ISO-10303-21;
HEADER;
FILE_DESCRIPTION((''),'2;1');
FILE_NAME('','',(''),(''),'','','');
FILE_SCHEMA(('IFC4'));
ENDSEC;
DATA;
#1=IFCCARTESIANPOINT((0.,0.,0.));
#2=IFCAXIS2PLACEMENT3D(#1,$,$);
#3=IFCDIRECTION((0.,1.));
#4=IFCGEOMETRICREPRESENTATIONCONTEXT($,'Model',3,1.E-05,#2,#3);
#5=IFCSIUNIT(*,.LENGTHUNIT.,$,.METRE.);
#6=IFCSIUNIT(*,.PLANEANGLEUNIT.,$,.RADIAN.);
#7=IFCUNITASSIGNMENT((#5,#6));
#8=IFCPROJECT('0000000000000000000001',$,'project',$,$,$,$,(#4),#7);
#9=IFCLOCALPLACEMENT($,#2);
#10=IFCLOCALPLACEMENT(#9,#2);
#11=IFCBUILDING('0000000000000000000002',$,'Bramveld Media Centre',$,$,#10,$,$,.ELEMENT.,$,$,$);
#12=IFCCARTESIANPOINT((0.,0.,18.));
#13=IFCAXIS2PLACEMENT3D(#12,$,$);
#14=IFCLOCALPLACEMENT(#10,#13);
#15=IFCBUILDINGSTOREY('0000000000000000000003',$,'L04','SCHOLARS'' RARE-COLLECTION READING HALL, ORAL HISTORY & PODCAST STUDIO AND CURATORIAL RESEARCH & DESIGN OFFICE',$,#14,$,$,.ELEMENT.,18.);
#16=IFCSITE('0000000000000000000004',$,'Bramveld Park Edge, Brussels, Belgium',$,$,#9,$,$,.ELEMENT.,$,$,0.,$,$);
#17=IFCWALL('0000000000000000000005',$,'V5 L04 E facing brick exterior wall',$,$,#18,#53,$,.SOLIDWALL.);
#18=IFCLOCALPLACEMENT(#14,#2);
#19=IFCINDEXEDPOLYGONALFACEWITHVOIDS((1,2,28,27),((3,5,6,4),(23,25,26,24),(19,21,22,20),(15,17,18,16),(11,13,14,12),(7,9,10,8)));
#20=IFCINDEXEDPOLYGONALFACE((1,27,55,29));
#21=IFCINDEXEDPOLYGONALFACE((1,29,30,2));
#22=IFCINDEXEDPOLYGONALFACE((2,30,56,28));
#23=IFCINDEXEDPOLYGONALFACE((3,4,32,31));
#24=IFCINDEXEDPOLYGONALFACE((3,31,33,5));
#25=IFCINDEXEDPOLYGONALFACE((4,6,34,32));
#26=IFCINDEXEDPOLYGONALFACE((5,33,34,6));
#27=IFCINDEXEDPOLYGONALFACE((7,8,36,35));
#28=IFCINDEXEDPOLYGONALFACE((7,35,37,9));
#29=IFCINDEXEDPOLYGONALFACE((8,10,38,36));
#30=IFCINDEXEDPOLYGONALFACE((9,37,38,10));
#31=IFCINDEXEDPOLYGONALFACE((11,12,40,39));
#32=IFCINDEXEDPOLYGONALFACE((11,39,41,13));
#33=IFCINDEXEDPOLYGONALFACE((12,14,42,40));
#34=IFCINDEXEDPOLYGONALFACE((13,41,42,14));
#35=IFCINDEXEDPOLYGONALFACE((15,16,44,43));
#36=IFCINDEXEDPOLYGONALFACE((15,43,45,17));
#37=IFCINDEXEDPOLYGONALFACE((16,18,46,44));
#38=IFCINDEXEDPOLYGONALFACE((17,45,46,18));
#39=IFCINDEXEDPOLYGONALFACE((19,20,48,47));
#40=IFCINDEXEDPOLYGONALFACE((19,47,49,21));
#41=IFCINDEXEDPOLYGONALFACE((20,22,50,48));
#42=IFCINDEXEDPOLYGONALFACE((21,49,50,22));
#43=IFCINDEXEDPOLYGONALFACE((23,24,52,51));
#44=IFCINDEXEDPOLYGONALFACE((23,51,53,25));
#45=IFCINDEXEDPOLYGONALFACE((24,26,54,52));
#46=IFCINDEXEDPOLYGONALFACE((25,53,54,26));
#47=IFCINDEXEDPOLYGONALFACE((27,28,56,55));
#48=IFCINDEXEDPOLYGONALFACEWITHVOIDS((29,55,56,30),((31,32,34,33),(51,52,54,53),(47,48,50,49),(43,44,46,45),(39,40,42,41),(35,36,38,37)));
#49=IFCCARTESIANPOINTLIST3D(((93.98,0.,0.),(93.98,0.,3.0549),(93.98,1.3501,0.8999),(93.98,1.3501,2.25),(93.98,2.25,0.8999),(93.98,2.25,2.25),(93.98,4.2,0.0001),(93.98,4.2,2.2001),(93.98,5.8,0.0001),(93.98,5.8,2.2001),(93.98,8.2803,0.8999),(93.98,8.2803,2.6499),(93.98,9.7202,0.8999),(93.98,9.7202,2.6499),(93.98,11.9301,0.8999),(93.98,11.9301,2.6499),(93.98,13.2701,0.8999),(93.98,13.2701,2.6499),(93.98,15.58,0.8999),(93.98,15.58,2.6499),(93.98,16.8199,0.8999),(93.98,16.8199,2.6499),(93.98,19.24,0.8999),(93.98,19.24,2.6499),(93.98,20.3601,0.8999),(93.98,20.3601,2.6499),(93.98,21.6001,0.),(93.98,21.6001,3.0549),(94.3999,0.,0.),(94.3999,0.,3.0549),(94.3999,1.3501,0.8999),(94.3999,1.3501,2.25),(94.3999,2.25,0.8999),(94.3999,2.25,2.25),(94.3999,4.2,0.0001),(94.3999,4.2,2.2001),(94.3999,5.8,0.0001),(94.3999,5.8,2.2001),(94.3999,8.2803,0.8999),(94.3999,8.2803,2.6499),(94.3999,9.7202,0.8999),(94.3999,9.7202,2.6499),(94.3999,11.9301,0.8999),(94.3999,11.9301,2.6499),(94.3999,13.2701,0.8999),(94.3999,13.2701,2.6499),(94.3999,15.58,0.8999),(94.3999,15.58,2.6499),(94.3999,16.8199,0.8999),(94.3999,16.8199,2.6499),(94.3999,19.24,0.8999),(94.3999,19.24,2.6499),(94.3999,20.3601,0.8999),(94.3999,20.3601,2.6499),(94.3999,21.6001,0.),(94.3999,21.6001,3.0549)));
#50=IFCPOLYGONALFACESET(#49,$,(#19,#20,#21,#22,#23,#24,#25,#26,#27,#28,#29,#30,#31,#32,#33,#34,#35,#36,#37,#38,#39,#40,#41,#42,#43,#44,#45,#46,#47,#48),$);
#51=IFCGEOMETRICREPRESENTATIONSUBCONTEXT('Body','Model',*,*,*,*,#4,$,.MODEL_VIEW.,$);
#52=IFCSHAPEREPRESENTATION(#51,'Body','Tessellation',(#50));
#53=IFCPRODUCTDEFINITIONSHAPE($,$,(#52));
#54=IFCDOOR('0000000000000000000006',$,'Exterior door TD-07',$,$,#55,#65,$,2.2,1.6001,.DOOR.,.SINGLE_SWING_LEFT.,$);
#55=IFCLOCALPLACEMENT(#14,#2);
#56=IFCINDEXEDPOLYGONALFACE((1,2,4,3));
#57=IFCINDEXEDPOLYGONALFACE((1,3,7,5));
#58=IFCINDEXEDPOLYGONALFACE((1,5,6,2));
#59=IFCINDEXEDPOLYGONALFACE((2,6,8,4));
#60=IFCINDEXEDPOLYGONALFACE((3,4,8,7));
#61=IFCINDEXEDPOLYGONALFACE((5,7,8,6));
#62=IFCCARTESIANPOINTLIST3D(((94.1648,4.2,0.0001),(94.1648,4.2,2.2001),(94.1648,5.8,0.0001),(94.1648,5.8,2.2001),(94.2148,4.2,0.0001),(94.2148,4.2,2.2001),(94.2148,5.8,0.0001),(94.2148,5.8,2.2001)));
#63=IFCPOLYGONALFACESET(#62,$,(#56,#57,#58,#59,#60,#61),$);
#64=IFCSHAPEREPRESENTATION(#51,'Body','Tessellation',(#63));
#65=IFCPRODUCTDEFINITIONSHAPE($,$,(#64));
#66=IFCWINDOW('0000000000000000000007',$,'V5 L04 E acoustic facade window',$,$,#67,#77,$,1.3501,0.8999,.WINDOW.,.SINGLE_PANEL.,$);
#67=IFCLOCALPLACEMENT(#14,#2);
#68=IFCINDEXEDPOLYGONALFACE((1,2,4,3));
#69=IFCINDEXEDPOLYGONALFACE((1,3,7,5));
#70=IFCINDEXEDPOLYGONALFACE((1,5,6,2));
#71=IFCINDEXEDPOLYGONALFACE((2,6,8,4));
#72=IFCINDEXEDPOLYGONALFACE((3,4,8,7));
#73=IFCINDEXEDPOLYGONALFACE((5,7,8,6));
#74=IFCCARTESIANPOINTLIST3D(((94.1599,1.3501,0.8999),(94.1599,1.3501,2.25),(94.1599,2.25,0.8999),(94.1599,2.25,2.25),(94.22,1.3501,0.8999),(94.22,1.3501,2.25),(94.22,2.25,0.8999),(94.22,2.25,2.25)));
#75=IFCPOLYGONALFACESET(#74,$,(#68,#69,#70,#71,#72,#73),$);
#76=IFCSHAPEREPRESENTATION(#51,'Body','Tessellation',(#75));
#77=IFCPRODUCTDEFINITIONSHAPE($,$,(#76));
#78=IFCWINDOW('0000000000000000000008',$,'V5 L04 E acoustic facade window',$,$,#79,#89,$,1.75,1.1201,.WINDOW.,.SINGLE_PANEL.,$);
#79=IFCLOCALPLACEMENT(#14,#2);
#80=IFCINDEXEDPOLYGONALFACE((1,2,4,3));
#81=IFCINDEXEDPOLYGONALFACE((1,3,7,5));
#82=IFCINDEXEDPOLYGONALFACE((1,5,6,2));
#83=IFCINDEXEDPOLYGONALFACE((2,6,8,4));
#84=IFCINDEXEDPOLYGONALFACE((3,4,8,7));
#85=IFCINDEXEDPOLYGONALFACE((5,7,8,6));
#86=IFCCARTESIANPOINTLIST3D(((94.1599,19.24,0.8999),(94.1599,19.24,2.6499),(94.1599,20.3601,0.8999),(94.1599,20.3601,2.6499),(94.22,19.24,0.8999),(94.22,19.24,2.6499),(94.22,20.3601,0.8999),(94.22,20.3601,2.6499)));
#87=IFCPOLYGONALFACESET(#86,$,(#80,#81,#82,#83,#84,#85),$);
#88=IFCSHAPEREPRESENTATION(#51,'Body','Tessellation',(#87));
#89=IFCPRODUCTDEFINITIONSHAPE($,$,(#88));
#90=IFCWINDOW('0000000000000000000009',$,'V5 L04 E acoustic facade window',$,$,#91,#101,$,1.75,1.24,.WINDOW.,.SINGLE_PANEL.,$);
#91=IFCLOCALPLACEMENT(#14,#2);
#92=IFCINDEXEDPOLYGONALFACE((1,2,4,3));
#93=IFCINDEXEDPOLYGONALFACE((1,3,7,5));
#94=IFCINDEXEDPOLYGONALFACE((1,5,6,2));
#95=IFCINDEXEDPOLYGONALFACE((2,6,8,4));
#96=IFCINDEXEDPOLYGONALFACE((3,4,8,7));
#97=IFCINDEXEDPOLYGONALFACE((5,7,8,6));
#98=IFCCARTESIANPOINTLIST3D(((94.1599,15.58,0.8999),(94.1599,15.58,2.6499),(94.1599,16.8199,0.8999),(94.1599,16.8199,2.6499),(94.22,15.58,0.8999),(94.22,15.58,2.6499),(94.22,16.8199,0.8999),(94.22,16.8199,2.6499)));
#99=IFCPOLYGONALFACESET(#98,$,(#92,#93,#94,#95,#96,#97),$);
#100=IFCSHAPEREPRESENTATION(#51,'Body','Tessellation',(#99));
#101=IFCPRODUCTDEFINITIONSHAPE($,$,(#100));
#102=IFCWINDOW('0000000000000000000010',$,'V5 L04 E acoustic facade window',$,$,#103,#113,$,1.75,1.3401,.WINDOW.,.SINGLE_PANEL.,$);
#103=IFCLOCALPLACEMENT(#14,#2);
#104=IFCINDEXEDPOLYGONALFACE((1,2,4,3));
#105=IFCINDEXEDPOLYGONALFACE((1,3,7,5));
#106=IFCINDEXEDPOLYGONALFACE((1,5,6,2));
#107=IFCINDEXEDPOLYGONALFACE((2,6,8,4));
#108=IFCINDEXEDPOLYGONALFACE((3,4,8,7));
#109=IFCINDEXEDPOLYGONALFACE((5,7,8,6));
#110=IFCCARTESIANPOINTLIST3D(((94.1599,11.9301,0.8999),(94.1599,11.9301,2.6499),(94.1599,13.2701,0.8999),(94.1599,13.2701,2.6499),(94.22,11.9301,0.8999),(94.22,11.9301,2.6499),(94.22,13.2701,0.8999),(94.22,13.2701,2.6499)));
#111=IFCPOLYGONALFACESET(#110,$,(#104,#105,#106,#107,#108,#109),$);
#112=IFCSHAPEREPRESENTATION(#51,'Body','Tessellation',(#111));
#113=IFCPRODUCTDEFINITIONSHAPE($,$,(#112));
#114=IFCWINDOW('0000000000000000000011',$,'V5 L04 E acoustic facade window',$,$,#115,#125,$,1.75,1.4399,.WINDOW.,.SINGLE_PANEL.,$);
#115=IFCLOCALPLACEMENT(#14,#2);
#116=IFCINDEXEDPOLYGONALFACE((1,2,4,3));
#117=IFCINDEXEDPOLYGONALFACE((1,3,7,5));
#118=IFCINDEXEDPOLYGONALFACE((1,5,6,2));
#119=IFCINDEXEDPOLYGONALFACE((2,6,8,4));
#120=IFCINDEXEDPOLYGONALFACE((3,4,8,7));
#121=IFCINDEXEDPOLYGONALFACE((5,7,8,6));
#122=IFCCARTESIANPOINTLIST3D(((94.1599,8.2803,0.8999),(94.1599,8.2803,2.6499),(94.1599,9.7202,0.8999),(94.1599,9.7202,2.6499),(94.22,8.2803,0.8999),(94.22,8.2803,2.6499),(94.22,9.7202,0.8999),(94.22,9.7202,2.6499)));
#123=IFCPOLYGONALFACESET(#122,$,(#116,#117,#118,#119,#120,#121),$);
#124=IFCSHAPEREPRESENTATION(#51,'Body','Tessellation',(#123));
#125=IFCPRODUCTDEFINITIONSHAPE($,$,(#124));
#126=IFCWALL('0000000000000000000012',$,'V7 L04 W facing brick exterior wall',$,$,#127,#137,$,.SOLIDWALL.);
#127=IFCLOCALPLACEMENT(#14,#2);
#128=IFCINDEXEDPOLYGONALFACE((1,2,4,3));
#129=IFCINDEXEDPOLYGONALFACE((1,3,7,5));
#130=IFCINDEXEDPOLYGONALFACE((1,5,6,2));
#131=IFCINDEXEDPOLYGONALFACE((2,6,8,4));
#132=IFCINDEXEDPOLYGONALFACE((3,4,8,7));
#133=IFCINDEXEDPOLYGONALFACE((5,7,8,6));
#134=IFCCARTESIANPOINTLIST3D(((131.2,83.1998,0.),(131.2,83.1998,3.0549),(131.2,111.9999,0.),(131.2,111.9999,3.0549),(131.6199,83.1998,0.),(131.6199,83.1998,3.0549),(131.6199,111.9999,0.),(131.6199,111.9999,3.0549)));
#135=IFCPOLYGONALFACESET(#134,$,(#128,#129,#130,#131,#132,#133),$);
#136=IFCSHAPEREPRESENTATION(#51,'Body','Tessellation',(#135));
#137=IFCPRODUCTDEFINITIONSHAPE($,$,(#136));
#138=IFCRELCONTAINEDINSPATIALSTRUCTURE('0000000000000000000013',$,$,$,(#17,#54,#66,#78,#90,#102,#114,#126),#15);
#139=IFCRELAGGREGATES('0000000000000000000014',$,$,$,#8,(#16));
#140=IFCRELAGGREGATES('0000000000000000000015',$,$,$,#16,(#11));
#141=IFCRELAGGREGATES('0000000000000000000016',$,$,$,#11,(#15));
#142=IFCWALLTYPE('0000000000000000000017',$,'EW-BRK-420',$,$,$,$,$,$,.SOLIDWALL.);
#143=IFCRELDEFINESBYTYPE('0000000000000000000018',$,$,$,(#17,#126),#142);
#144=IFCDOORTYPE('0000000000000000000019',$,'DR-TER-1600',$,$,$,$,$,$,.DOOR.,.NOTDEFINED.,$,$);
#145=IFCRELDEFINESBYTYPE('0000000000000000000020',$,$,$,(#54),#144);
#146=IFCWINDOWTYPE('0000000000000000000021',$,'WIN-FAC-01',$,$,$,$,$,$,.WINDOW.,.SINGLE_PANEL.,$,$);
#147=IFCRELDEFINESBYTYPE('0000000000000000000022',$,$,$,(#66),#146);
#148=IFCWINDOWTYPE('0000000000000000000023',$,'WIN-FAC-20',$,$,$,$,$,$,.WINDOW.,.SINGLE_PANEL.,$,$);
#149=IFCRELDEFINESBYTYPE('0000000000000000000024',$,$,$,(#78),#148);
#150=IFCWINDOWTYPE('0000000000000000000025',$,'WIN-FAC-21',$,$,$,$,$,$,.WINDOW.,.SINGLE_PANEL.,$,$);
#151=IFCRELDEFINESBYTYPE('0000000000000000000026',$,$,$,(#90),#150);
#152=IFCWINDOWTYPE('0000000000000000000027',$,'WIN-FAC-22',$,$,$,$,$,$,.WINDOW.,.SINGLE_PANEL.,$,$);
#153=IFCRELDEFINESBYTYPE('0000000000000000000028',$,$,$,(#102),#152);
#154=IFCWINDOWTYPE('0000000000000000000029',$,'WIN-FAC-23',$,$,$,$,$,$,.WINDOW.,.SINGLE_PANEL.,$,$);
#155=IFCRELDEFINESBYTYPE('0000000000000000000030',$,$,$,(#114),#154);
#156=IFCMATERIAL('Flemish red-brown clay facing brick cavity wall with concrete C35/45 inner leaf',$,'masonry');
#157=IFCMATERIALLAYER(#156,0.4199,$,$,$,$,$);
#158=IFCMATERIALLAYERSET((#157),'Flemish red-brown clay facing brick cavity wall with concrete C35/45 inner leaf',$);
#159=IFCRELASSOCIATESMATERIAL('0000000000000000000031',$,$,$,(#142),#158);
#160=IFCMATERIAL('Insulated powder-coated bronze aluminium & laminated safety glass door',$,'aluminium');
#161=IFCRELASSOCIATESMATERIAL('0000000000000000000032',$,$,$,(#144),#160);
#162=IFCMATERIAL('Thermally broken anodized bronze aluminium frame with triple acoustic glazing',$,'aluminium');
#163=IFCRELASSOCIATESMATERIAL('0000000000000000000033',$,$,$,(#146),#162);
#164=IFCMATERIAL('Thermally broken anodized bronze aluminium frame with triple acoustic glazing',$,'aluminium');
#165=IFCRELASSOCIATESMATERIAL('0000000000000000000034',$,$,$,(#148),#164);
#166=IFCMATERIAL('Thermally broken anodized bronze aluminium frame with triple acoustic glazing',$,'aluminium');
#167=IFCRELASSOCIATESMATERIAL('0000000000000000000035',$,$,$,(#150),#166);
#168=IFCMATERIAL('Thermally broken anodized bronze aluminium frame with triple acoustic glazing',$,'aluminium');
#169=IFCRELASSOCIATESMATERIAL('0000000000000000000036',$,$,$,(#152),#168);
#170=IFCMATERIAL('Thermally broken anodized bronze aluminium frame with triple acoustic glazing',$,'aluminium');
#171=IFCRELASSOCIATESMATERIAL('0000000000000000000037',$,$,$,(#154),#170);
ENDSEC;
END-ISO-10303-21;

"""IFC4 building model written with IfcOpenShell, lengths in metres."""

from ifc_helpers import new_model, si_unit, direction, frame, frame_2d, origin, place, context, subcontext, project, spatial, rectangle, extrude, material, layer, layer_set, type_object, element, fill, save


model = new_model("IFC4")

# Units and contexts
model_context = context("Model", 3, precision=1e-05, world=origin(), true_north=direction((0.0, 1.0)))
body_context = subcontext(model_context, "Body", "Model", "MODEL_VIEW")
ifc_project = project(units=[si_unit("LENGTHUNIT", "METRE"), si_unit("PLANEANGLEUNIT", "RADIAN")], contexts=[model_context])

# Site, building, storey
site_placement = place(None, origin())
site = spatial("IfcSite", under=ifc_project, at=site_placement, Name="Bramveld Park Edge, Brussels, Belgium", CompositionType="ELEMENT", RefElevation=0.0)
building_placement = place(site_placement, origin())
building = spatial("IfcBuilding", under=site, at=building_placement, Name="Bramveld Media Centre", CompositionType="ELEMENT")
storey_placement = place(building_placement, frame((0.0, 0.0, 18.0)))
storey = spatial("IfcBuildingStorey", under=building, at=storey_placement, Name="L04", Description="SCHOLARS' RARE-COLLECTION READING HALL, ORAL HISTORY & PODCAST STUDIO AND CURATORIAL RESEARCH & DESIGN OFFICE", CompositionType="ELEMENT", Elevation=18.0)

# Wall, openings, door, windows
ifc_material_1 = material(Name="Flemish red-brown clay facing brick cavity wall with concrete C35/45 inner leaf", Category="masonry")
ifc_layer_1 = layer(ifc_material_1, 0.4199)
ifc_layer_set_1 = layer_set([ifc_layer_1], Name="Flemish red-brown clay facing brick cavity wall with concrete C35/45 inner leaf")
wall_type_1 = type_object("IfcWallType", Name="EW-BRK-420", PredefinedType="SOLIDWALL", material=ifc_layer_set_1)
wall_1_placement = place(storey_placement, frame((94.1899, 21.6001, 0.0), z_axis=(0.0, 0.0, 1.0), x_axis=(0.0, -1.0, 0.0)))
wall_1 = element("IfcWall", 1, at=wall_1_placement, inside=storey, type_object=wall_type_1, Name="V5 L04 E facing brick exterior wall", PredefinedType="SOLIDWALL", context=body_context, shape_type="SweptSolid", body=[
    extrude(rectangle(XDim=21.6001, YDim=0.4199, at=frame_2d((10.8, 0.0))), origin(), (0.0, 0.0, 1.0), 3.0549),
])
opening_1_placement = place(wall_1_placement, frame((15.8, 0.0, 0.0)))
opening_1 = element("IfcOpeningElement", 2, at=opening_1_placement, cuts=wall_1, PredefinedType="OPENING", context=body_context, shape_type="SweptSolid", body=[
    extrude(rectangle(XDim=1.6001, YDim=2.2, at=frame_2d((0.8, 1.1001))), frame((0.0, 0.2219, 0.0), z_axis=(0.0, -1.0, 0.0), x_axis=(1.0, 0.0, 0.0)), (0.0, 0.0, 1.0), 0.4438),
])
opening_2_placement = place(wall_1_placement, frame((1.24, 0.0, 0.8999)))
opening_2 = element("IfcOpeningElement", 3, at=opening_2_placement, cuts=wall_1, PredefinedType="OPENING", context=body_context, shape_type="SweptSolid", body=[
    extrude(rectangle(XDim=1.1201, YDim=1.75, at=frame_2d((0.5601, 0.875))), frame((0.0, 0.2219, 0.0), z_axis=(0.0, -1.0, 0.0), x_axis=(1.0, 0.0, 0.0)), (0.0, 0.0, 1.0), 0.4438),
])
opening_3_placement = place(wall_1_placement, frame((4.78, 0.0, 0.8999)))
opening_3 = element("IfcOpeningElement", 4, at=opening_3_placement, cuts=wall_1, PredefinedType="OPENING", context=body_context, shape_type="SweptSolid", body=[
    extrude(rectangle(XDim=1.24, YDim=1.75, at=frame_2d((0.6201, 0.875))), frame((0.0, 0.2219, 0.0), z_axis=(0.0, -1.0, 0.0), x_axis=(1.0, 0.0, 0.0)), (0.0, 0.0, 1.0), 0.4438),
])
opening_4_placement = place(wall_1_placement, frame((8.3301, 0.0, 0.8999)))
opening_4 = element("IfcOpeningElement", 5, at=opening_4_placement, cuts=wall_1, PredefinedType="OPENING", context=body_context, shape_type="SweptSolid", body=[
    extrude(rectangle(XDim=1.3401, YDim=1.75, at=frame_2d((0.6699, 0.875))), frame((0.0, 0.2219, 0.0), z_axis=(0.0, -1.0, 0.0), x_axis=(1.0, 0.0, 0.0)), (0.0, 0.0, 1.0), 0.4438),
])
opening_5_placement = place(wall_1_placement, frame((11.8799, 0.0, 0.8999)))
opening_5 = element("IfcOpeningElement", 6, at=opening_5_placement, cuts=wall_1, PredefinedType="OPENING", context=body_context, shape_type="SweptSolid", body=[
    extrude(rectangle(XDim=1.4399, YDim=1.75, at=frame_2d((0.72, 0.875))), frame((0.0, 0.2219, 0.0), z_axis=(0.0, -1.0, 0.0), x_axis=(1.0, 0.0, 0.0)), (0.0, 0.0, 1.0), 0.4438),
])
opening_6_placement = place(wall_1_placement, frame((19.3501, 0.0, 0.8999)))
opening_6 = element("IfcOpeningElement", 7, at=opening_6_placement, cuts=wall_1, PredefinedType="OPENING", context=body_context, shape_type="SweptSolid", body=[
    extrude(rectangle(XDim=0.8999, YDim=1.3501, at=frame_2d((0.45, 0.675))), frame((0.0, 0.2219, 0.0), z_axis=(0.0, -1.0, 0.0), x_axis=(1.0, 0.0, 0.0)), (0.0, 0.0, 1.0), 0.4438),
])
ifc_material_2 = material(Name="Insulated powder-coated bronze aluminium & laminated safety glass door", Category="aluminium")
door_type = type_object("IfcDoorType", Name="DR-TER-1600", OperationType="NOTDEFINED", PredefinedType="DOOR", material=ifc_material_2)
door_placement = place(opening_1_placement, origin())
door = element("IfcDoor", 8, at=door_placement, inside=storey, type_object=door_type, Name="Exterior door TD-07", OperationType="SINGLE_SWING_LEFT", OverallHeight=2.2, OverallWidth=1.6001, PredefinedType="DOOR", context=body_context, shape_type="SweptSolid", body=[
    extrude(rectangle(XDim=1.6001, YDim=2.2, at=frame_2d((0.8, 1.1001))), frame((0.0, 0.0249, 0.0), z_axis=(0.0, -1.0, 0.0), x_axis=(1.0, 0.0, 0.0)), (0.0, 0.0, 1.0), 0.05),
])
fill(opening_1, door)
ifc_material_3 = material(Name="Thermally broken anodized bronze aluminium frame with triple acoustic glazing", Category="aluminium")
window_type_1 = type_object("IfcWindowType", Name="WIN-FAC-01", PartitioningType="SINGLE_PANEL", PredefinedType="WINDOW", material=ifc_material_3)
window_1_placement = place(opening_6_placement, origin())
window_1 = element("IfcWindow", 9, at=window_1_placement, inside=storey, type_object=window_type_1, Name="V5 L04 E acoustic facade window", OverallHeight=1.3501, OverallWidth=0.8999, PartitioningType="SINGLE_PANEL", PredefinedType="WINDOW", context=body_context, shape_type="SweptSolid", body=[
    extrude(rectangle(XDim=0.8999, YDim=1.3501, at=frame_2d((0.45, 0.675))), frame((0.0, 0.03, 0.0), z_axis=(0.0, -1.0, 0.0), x_axis=(1.0, 0.0, 0.0)), (0.0, 0.0, 1.0), 0.0601),
])
fill(opening_6, window_1)
ifc_material_4 = material(Name="Thermally broken anodized bronze aluminium frame with triple acoustic glazing", Category="aluminium")
window_type_2 = type_object("IfcWindowType", Name="WIN-FAC-20", PartitioningType="SINGLE_PANEL", PredefinedType="WINDOW", material=ifc_material_4)
window_2_placement = place(opening_2_placement, origin())
window_2 = element("IfcWindow", 10, at=window_2_placement, inside=storey, type_object=window_type_2, Name="V5 L04 E acoustic facade window", OverallHeight=1.75, OverallWidth=1.1201, PartitioningType="SINGLE_PANEL", PredefinedType="WINDOW", context=body_context, shape_type="SweptSolid", body=[
    extrude(rectangle(XDim=1.1201, YDim=1.75, at=frame_2d((0.5601, 0.875))), frame((0.0, 0.03, 0.0), z_axis=(0.0, -1.0, 0.0), x_axis=(1.0, 0.0, 0.0)), (0.0, 0.0, 1.0), 0.0601),
])
fill(opening_2, window_2)
ifc_material_5 = material(Name="Thermally broken anodized bronze aluminium frame with triple acoustic glazing", Category="aluminium")
window_type_3 = type_object("IfcWindowType", Name="WIN-FAC-21", PartitioningType="SINGLE_PANEL", PredefinedType="WINDOW", material=ifc_material_5)
window_3_placement = place(opening_3_placement, origin())
window_3 = element("IfcWindow", 11, at=window_3_placement, inside=storey, type_object=window_type_3, Name="V5 L04 E acoustic facade window", OverallHeight=1.75, OverallWidth=1.24, PartitioningType="SINGLE_PANEL", PredefinedType="WINDOW", context=body_context, shape_type="SweptSolid", body=[
    extrude(rectangle(XDim=1.24, YDim=1.75, at=frame_2d((0.6201, 0.875))), frame((0.0, 0.03, 0.0), z_axis=(0.0, -1.0, 0.0), x_axis=(1.0, 0.0, 0.0)), (0.0, 0.0, 1.0), 0.0601),
])
fill(opening_3, window_3)
ifc_material_6 = material(Name="Thermally broken anodized bronze aluminium frame with triple acoustic glazing", Category="aluminium")
window_type_4 = type_object("IfcWindowType", Name="WIN-FAC-22", PartitioningType="SINGLE_PANEL", PredefinedType="WINDOW", material=ifc_material_6)
window_4_placement = place(opening_4_placement, origin())
window_4 = element("IfcWindow", 12, at=window_4_placement, inside=storey, type_object=window_type_4, Name="V5 L04 E acoustic facade window", OverallHeight=1.75, OverallWidth=1.3401, PartitioningType="SINGLE_PANEL", PredefinedType="WINDOW", context=body_context, shape_type="SweptSolid", body=[
    extrude(rectangle(XDim=1.3401, YDim=1.75, at=frame_2d((0.6699, 0.875))), frame((0.0, 0.03, 0.0), z_axis=(0.0, -1.0, 0.0), x_axis=(1.0, 0.0, 0.0)), (0.0, 0.0, 1.0), 0.0601),
])
fill(opening_4, window_4)
ifc_material_7 = material(Name="Thermally broken anodized bronze aluminium frame with triple acoustic glazing", Category="aluminium")
window_type_5 = type_object("IfcWindowType", Name="WIN-FAC-23", PartitioningType="SINGLE_PANEL", PredefinedType="WINDOW", material=ifc_material_7)
window_5_placement = place(opening_5_placement, origin())
window_5 = element("IfcWindow", 13, at=window_5_placement, inside=storey, type_object=window_type_5, Name="V5 L04 E acoustic facade window", OverallHeight=1.75, OverallWidth=1.4399, PartitioningType="SINGLE_PANEL", PredefinedType="WINDOW", context=body_context, shape_type="SweptSolid", body=[
    extrude(rectangle(XDim=1.4399, YDim=1.75, at=frame_2d((0.72, 0.875))), frame((0.0, 0.03, 0.0), z_axis=(0.0, -1.0, 0.0), x_axis=(1.0, 0.0, 0.0)), (0.0, 0.0, 1.0), 0.0601),
])
fill(opening_5, window_5)

# Wall
wall_2_placement = place(storey_placement, frame((131.4099, 83.2, 0.0), z_axis=(0.0, 0.0, 1.0), x_axis=(0.0, 1.0, 0.0)))
element("IfcWall", 14, at=wall_2_placement, inside=storey, type_object=wall_type_1, Name="V7 L04 W facing brick exterior wall", PredefinedType="SOLIDWALL", context=body_context, shape_type="SweptSolid", body=[
    extrude(rectangle(XDim=28.8, YDim=0.4199, at=frame_2d((14.3999, 0.0))), origin(), (0.0, 0.0, 1.0), 3.0549),
])

save(model, "model.ifc")
